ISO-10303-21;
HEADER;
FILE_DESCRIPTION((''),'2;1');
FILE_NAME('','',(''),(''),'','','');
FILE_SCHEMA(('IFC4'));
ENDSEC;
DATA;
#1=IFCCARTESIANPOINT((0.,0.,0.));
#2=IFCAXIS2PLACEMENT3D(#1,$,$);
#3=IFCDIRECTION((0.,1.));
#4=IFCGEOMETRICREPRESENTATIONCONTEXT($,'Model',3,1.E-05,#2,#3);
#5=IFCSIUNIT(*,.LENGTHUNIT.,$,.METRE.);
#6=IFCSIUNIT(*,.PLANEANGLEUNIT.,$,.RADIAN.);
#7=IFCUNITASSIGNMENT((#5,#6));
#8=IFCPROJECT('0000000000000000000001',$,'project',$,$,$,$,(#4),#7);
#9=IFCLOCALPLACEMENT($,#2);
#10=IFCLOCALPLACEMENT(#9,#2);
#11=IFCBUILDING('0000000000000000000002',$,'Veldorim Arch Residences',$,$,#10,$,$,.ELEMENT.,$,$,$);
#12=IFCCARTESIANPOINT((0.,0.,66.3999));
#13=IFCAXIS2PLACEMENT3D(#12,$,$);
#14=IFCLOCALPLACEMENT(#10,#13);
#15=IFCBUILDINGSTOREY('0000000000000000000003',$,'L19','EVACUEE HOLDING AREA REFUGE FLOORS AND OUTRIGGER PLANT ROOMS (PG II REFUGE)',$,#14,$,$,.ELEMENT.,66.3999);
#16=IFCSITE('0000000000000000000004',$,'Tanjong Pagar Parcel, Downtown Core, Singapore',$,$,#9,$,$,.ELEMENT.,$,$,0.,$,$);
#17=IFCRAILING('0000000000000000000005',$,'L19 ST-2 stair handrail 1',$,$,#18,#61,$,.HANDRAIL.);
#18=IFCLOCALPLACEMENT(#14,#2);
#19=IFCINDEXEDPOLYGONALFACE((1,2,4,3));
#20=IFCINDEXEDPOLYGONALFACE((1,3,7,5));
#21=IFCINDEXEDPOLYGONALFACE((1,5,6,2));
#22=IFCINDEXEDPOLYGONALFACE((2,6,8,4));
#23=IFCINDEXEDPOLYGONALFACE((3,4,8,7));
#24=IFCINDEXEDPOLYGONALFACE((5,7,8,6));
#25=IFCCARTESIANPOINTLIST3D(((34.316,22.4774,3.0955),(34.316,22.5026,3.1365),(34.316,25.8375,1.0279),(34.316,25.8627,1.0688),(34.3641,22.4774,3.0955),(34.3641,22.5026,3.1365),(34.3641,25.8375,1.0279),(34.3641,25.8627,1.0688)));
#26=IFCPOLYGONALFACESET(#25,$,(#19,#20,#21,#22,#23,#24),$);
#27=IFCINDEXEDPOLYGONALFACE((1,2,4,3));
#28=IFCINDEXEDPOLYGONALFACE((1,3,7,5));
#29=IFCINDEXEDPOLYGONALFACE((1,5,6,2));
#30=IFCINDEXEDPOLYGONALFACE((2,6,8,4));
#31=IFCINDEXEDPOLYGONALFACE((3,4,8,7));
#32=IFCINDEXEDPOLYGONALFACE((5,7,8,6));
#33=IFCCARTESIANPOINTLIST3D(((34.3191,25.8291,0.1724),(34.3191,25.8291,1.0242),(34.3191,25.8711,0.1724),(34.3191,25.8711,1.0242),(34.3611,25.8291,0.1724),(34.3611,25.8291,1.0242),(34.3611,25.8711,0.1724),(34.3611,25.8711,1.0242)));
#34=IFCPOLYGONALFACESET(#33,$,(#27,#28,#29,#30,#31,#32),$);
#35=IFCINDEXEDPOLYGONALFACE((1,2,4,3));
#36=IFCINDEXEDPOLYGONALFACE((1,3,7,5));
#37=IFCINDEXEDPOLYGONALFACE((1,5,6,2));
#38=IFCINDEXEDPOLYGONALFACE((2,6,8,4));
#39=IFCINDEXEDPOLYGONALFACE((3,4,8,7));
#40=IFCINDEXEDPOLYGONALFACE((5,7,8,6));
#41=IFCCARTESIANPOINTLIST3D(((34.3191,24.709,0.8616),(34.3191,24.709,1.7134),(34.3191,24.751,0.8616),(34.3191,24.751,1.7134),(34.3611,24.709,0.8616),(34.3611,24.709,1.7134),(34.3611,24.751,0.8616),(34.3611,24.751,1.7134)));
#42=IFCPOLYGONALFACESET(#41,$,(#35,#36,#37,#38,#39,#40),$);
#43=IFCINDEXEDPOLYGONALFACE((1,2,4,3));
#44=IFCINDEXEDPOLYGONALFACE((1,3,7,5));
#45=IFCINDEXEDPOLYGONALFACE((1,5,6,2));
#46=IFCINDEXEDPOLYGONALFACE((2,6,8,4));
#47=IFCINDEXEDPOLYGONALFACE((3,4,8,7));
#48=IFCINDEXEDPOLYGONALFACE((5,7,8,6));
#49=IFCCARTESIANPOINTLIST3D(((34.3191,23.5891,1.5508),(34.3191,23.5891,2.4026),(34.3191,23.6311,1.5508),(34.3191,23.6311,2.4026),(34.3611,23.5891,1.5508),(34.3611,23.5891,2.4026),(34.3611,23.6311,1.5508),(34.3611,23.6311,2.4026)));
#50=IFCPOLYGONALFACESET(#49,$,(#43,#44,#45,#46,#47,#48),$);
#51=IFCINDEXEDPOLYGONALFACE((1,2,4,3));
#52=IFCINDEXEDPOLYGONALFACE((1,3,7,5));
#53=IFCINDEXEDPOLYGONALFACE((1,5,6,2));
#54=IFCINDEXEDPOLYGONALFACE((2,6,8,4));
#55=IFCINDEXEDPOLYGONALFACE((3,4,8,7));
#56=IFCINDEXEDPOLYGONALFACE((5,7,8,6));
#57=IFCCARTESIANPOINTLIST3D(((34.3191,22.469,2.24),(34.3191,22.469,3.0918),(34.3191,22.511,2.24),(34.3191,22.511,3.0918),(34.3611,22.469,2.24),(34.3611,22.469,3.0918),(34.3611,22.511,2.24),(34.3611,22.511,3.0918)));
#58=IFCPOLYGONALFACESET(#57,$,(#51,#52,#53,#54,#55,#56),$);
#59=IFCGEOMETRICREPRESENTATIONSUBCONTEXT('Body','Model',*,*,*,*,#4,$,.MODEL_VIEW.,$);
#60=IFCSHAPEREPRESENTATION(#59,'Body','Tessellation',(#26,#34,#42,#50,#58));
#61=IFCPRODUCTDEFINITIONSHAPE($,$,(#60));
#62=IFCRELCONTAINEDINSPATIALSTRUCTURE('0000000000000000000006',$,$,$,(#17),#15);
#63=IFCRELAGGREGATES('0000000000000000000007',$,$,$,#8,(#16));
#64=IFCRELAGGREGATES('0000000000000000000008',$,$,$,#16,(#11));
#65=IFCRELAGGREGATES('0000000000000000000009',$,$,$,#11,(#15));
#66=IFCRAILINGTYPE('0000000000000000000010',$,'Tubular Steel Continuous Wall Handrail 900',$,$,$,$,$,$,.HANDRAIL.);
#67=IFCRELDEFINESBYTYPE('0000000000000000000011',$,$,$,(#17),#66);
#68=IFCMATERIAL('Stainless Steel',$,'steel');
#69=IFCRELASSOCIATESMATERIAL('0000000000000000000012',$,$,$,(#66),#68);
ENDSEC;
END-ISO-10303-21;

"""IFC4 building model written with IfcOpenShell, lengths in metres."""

from ifc_helpers import new_model, si_unit, direction, frame, origin, origin_2d, place, context, subcontext, project, spatial, rectangle, extrude, material, type_object, element, save


model = new_model("IFC4")

# Units and contexts
model_context = context("Model", 3, precision=1e-05, world=origin(), true_north=direction((0.0, 1.0)))
body_context = subcontext(model_context, "Body", "Model", "MODEL_VIEW")
ifc_project = project(units=[si_unit("LENGTHUNIT", "METRE"), si_unit("PLANEANGLEUNIT", "RADIAN")], contexts=[model_context])

# Site, building, storey
site_placement = place(None, origin())
site = spatial("IfcSite", under=ifc_project, at=site_placement, Name="Tanjong Pagar Parcel, Downtown Core, Singapore", CompositionType="ELEMENT", RefElevation=0.0)
building_placement = place(site_placement, origin())
building = spatial("IfcBuilding", under=site, at=building_placement, Name="Veldorim Arch Residences", CompositionType="ELEMENT")
storey_placement = place(building_placement, frame((0.0, 0.0, 66.3999)))
storey = spatial("IfcBuildingStorey", under=building, at=storey_placement, Name="L19", Description="EVACUEE HOLDING AREA REFUGE FLOORS AND OUTRIGGER PLANT ROOMS (PG II REFUGE)", CompositionType="ELEMENT", Elevation=66.3999)

# Railing
ifc_material_1 = material(Name="Stainless Steel", Category="steel")
railing_type_1 = type_object("IfcRailingType", Name="Tubular Steel Continuous Wall Handrail 900", PredefinedType="HANDRAIL", material=ifc_material_1)
railing_1_placement = place(storey_placement, frame((34.3401, 25.8501, 0.1724)))
element("IfcRailing", 1, at=railing_1_placement, inside=storey, type_object=railing_type_1, Name="L19 ST-2 stair handrail 1", PredefinedType="HANDRAIL", context=body_context, shape_type="SweptSolid", body=[
    extrude(rectangle(XDim=0.0481, YDim=0.0481, at=origin_2d()), frame((0.0, 0.0, 0.876), z_axis=(0.0, -0.851673, 0.524073), x_axis=(1.0, 0.0, 0.0)), (0.0, 0.0, 1.0), 3.9453),
    extrude(rectangle(XDim=0.042, YDim=0.042, at=origin_2d()), origin(), (0.0, 0.0, 1.0), 0.8518),
    extrude(rectangle(XDim=0.042, YDim=0.042, at=origin_2d()), frame((0.0, -1.1201, 0.6892)), (0.0, 0.0, 1.0), 0.8518),
    extrude(rectangle(XDim=0.042, YDim=0.042, at=origin_2d()), frame((0.0, -2.24, 1.3784)), (0.0, 0.0, 1.0), 0.8518),
    extrude(rectangle(XDim=0.042, YDim=0.042, at=origin_2d()), frame((0.0, -3.3601, 2.0676)), (0.0, 0.0, 1.0), 0.8518),
])

save(model, "model.ifc")
